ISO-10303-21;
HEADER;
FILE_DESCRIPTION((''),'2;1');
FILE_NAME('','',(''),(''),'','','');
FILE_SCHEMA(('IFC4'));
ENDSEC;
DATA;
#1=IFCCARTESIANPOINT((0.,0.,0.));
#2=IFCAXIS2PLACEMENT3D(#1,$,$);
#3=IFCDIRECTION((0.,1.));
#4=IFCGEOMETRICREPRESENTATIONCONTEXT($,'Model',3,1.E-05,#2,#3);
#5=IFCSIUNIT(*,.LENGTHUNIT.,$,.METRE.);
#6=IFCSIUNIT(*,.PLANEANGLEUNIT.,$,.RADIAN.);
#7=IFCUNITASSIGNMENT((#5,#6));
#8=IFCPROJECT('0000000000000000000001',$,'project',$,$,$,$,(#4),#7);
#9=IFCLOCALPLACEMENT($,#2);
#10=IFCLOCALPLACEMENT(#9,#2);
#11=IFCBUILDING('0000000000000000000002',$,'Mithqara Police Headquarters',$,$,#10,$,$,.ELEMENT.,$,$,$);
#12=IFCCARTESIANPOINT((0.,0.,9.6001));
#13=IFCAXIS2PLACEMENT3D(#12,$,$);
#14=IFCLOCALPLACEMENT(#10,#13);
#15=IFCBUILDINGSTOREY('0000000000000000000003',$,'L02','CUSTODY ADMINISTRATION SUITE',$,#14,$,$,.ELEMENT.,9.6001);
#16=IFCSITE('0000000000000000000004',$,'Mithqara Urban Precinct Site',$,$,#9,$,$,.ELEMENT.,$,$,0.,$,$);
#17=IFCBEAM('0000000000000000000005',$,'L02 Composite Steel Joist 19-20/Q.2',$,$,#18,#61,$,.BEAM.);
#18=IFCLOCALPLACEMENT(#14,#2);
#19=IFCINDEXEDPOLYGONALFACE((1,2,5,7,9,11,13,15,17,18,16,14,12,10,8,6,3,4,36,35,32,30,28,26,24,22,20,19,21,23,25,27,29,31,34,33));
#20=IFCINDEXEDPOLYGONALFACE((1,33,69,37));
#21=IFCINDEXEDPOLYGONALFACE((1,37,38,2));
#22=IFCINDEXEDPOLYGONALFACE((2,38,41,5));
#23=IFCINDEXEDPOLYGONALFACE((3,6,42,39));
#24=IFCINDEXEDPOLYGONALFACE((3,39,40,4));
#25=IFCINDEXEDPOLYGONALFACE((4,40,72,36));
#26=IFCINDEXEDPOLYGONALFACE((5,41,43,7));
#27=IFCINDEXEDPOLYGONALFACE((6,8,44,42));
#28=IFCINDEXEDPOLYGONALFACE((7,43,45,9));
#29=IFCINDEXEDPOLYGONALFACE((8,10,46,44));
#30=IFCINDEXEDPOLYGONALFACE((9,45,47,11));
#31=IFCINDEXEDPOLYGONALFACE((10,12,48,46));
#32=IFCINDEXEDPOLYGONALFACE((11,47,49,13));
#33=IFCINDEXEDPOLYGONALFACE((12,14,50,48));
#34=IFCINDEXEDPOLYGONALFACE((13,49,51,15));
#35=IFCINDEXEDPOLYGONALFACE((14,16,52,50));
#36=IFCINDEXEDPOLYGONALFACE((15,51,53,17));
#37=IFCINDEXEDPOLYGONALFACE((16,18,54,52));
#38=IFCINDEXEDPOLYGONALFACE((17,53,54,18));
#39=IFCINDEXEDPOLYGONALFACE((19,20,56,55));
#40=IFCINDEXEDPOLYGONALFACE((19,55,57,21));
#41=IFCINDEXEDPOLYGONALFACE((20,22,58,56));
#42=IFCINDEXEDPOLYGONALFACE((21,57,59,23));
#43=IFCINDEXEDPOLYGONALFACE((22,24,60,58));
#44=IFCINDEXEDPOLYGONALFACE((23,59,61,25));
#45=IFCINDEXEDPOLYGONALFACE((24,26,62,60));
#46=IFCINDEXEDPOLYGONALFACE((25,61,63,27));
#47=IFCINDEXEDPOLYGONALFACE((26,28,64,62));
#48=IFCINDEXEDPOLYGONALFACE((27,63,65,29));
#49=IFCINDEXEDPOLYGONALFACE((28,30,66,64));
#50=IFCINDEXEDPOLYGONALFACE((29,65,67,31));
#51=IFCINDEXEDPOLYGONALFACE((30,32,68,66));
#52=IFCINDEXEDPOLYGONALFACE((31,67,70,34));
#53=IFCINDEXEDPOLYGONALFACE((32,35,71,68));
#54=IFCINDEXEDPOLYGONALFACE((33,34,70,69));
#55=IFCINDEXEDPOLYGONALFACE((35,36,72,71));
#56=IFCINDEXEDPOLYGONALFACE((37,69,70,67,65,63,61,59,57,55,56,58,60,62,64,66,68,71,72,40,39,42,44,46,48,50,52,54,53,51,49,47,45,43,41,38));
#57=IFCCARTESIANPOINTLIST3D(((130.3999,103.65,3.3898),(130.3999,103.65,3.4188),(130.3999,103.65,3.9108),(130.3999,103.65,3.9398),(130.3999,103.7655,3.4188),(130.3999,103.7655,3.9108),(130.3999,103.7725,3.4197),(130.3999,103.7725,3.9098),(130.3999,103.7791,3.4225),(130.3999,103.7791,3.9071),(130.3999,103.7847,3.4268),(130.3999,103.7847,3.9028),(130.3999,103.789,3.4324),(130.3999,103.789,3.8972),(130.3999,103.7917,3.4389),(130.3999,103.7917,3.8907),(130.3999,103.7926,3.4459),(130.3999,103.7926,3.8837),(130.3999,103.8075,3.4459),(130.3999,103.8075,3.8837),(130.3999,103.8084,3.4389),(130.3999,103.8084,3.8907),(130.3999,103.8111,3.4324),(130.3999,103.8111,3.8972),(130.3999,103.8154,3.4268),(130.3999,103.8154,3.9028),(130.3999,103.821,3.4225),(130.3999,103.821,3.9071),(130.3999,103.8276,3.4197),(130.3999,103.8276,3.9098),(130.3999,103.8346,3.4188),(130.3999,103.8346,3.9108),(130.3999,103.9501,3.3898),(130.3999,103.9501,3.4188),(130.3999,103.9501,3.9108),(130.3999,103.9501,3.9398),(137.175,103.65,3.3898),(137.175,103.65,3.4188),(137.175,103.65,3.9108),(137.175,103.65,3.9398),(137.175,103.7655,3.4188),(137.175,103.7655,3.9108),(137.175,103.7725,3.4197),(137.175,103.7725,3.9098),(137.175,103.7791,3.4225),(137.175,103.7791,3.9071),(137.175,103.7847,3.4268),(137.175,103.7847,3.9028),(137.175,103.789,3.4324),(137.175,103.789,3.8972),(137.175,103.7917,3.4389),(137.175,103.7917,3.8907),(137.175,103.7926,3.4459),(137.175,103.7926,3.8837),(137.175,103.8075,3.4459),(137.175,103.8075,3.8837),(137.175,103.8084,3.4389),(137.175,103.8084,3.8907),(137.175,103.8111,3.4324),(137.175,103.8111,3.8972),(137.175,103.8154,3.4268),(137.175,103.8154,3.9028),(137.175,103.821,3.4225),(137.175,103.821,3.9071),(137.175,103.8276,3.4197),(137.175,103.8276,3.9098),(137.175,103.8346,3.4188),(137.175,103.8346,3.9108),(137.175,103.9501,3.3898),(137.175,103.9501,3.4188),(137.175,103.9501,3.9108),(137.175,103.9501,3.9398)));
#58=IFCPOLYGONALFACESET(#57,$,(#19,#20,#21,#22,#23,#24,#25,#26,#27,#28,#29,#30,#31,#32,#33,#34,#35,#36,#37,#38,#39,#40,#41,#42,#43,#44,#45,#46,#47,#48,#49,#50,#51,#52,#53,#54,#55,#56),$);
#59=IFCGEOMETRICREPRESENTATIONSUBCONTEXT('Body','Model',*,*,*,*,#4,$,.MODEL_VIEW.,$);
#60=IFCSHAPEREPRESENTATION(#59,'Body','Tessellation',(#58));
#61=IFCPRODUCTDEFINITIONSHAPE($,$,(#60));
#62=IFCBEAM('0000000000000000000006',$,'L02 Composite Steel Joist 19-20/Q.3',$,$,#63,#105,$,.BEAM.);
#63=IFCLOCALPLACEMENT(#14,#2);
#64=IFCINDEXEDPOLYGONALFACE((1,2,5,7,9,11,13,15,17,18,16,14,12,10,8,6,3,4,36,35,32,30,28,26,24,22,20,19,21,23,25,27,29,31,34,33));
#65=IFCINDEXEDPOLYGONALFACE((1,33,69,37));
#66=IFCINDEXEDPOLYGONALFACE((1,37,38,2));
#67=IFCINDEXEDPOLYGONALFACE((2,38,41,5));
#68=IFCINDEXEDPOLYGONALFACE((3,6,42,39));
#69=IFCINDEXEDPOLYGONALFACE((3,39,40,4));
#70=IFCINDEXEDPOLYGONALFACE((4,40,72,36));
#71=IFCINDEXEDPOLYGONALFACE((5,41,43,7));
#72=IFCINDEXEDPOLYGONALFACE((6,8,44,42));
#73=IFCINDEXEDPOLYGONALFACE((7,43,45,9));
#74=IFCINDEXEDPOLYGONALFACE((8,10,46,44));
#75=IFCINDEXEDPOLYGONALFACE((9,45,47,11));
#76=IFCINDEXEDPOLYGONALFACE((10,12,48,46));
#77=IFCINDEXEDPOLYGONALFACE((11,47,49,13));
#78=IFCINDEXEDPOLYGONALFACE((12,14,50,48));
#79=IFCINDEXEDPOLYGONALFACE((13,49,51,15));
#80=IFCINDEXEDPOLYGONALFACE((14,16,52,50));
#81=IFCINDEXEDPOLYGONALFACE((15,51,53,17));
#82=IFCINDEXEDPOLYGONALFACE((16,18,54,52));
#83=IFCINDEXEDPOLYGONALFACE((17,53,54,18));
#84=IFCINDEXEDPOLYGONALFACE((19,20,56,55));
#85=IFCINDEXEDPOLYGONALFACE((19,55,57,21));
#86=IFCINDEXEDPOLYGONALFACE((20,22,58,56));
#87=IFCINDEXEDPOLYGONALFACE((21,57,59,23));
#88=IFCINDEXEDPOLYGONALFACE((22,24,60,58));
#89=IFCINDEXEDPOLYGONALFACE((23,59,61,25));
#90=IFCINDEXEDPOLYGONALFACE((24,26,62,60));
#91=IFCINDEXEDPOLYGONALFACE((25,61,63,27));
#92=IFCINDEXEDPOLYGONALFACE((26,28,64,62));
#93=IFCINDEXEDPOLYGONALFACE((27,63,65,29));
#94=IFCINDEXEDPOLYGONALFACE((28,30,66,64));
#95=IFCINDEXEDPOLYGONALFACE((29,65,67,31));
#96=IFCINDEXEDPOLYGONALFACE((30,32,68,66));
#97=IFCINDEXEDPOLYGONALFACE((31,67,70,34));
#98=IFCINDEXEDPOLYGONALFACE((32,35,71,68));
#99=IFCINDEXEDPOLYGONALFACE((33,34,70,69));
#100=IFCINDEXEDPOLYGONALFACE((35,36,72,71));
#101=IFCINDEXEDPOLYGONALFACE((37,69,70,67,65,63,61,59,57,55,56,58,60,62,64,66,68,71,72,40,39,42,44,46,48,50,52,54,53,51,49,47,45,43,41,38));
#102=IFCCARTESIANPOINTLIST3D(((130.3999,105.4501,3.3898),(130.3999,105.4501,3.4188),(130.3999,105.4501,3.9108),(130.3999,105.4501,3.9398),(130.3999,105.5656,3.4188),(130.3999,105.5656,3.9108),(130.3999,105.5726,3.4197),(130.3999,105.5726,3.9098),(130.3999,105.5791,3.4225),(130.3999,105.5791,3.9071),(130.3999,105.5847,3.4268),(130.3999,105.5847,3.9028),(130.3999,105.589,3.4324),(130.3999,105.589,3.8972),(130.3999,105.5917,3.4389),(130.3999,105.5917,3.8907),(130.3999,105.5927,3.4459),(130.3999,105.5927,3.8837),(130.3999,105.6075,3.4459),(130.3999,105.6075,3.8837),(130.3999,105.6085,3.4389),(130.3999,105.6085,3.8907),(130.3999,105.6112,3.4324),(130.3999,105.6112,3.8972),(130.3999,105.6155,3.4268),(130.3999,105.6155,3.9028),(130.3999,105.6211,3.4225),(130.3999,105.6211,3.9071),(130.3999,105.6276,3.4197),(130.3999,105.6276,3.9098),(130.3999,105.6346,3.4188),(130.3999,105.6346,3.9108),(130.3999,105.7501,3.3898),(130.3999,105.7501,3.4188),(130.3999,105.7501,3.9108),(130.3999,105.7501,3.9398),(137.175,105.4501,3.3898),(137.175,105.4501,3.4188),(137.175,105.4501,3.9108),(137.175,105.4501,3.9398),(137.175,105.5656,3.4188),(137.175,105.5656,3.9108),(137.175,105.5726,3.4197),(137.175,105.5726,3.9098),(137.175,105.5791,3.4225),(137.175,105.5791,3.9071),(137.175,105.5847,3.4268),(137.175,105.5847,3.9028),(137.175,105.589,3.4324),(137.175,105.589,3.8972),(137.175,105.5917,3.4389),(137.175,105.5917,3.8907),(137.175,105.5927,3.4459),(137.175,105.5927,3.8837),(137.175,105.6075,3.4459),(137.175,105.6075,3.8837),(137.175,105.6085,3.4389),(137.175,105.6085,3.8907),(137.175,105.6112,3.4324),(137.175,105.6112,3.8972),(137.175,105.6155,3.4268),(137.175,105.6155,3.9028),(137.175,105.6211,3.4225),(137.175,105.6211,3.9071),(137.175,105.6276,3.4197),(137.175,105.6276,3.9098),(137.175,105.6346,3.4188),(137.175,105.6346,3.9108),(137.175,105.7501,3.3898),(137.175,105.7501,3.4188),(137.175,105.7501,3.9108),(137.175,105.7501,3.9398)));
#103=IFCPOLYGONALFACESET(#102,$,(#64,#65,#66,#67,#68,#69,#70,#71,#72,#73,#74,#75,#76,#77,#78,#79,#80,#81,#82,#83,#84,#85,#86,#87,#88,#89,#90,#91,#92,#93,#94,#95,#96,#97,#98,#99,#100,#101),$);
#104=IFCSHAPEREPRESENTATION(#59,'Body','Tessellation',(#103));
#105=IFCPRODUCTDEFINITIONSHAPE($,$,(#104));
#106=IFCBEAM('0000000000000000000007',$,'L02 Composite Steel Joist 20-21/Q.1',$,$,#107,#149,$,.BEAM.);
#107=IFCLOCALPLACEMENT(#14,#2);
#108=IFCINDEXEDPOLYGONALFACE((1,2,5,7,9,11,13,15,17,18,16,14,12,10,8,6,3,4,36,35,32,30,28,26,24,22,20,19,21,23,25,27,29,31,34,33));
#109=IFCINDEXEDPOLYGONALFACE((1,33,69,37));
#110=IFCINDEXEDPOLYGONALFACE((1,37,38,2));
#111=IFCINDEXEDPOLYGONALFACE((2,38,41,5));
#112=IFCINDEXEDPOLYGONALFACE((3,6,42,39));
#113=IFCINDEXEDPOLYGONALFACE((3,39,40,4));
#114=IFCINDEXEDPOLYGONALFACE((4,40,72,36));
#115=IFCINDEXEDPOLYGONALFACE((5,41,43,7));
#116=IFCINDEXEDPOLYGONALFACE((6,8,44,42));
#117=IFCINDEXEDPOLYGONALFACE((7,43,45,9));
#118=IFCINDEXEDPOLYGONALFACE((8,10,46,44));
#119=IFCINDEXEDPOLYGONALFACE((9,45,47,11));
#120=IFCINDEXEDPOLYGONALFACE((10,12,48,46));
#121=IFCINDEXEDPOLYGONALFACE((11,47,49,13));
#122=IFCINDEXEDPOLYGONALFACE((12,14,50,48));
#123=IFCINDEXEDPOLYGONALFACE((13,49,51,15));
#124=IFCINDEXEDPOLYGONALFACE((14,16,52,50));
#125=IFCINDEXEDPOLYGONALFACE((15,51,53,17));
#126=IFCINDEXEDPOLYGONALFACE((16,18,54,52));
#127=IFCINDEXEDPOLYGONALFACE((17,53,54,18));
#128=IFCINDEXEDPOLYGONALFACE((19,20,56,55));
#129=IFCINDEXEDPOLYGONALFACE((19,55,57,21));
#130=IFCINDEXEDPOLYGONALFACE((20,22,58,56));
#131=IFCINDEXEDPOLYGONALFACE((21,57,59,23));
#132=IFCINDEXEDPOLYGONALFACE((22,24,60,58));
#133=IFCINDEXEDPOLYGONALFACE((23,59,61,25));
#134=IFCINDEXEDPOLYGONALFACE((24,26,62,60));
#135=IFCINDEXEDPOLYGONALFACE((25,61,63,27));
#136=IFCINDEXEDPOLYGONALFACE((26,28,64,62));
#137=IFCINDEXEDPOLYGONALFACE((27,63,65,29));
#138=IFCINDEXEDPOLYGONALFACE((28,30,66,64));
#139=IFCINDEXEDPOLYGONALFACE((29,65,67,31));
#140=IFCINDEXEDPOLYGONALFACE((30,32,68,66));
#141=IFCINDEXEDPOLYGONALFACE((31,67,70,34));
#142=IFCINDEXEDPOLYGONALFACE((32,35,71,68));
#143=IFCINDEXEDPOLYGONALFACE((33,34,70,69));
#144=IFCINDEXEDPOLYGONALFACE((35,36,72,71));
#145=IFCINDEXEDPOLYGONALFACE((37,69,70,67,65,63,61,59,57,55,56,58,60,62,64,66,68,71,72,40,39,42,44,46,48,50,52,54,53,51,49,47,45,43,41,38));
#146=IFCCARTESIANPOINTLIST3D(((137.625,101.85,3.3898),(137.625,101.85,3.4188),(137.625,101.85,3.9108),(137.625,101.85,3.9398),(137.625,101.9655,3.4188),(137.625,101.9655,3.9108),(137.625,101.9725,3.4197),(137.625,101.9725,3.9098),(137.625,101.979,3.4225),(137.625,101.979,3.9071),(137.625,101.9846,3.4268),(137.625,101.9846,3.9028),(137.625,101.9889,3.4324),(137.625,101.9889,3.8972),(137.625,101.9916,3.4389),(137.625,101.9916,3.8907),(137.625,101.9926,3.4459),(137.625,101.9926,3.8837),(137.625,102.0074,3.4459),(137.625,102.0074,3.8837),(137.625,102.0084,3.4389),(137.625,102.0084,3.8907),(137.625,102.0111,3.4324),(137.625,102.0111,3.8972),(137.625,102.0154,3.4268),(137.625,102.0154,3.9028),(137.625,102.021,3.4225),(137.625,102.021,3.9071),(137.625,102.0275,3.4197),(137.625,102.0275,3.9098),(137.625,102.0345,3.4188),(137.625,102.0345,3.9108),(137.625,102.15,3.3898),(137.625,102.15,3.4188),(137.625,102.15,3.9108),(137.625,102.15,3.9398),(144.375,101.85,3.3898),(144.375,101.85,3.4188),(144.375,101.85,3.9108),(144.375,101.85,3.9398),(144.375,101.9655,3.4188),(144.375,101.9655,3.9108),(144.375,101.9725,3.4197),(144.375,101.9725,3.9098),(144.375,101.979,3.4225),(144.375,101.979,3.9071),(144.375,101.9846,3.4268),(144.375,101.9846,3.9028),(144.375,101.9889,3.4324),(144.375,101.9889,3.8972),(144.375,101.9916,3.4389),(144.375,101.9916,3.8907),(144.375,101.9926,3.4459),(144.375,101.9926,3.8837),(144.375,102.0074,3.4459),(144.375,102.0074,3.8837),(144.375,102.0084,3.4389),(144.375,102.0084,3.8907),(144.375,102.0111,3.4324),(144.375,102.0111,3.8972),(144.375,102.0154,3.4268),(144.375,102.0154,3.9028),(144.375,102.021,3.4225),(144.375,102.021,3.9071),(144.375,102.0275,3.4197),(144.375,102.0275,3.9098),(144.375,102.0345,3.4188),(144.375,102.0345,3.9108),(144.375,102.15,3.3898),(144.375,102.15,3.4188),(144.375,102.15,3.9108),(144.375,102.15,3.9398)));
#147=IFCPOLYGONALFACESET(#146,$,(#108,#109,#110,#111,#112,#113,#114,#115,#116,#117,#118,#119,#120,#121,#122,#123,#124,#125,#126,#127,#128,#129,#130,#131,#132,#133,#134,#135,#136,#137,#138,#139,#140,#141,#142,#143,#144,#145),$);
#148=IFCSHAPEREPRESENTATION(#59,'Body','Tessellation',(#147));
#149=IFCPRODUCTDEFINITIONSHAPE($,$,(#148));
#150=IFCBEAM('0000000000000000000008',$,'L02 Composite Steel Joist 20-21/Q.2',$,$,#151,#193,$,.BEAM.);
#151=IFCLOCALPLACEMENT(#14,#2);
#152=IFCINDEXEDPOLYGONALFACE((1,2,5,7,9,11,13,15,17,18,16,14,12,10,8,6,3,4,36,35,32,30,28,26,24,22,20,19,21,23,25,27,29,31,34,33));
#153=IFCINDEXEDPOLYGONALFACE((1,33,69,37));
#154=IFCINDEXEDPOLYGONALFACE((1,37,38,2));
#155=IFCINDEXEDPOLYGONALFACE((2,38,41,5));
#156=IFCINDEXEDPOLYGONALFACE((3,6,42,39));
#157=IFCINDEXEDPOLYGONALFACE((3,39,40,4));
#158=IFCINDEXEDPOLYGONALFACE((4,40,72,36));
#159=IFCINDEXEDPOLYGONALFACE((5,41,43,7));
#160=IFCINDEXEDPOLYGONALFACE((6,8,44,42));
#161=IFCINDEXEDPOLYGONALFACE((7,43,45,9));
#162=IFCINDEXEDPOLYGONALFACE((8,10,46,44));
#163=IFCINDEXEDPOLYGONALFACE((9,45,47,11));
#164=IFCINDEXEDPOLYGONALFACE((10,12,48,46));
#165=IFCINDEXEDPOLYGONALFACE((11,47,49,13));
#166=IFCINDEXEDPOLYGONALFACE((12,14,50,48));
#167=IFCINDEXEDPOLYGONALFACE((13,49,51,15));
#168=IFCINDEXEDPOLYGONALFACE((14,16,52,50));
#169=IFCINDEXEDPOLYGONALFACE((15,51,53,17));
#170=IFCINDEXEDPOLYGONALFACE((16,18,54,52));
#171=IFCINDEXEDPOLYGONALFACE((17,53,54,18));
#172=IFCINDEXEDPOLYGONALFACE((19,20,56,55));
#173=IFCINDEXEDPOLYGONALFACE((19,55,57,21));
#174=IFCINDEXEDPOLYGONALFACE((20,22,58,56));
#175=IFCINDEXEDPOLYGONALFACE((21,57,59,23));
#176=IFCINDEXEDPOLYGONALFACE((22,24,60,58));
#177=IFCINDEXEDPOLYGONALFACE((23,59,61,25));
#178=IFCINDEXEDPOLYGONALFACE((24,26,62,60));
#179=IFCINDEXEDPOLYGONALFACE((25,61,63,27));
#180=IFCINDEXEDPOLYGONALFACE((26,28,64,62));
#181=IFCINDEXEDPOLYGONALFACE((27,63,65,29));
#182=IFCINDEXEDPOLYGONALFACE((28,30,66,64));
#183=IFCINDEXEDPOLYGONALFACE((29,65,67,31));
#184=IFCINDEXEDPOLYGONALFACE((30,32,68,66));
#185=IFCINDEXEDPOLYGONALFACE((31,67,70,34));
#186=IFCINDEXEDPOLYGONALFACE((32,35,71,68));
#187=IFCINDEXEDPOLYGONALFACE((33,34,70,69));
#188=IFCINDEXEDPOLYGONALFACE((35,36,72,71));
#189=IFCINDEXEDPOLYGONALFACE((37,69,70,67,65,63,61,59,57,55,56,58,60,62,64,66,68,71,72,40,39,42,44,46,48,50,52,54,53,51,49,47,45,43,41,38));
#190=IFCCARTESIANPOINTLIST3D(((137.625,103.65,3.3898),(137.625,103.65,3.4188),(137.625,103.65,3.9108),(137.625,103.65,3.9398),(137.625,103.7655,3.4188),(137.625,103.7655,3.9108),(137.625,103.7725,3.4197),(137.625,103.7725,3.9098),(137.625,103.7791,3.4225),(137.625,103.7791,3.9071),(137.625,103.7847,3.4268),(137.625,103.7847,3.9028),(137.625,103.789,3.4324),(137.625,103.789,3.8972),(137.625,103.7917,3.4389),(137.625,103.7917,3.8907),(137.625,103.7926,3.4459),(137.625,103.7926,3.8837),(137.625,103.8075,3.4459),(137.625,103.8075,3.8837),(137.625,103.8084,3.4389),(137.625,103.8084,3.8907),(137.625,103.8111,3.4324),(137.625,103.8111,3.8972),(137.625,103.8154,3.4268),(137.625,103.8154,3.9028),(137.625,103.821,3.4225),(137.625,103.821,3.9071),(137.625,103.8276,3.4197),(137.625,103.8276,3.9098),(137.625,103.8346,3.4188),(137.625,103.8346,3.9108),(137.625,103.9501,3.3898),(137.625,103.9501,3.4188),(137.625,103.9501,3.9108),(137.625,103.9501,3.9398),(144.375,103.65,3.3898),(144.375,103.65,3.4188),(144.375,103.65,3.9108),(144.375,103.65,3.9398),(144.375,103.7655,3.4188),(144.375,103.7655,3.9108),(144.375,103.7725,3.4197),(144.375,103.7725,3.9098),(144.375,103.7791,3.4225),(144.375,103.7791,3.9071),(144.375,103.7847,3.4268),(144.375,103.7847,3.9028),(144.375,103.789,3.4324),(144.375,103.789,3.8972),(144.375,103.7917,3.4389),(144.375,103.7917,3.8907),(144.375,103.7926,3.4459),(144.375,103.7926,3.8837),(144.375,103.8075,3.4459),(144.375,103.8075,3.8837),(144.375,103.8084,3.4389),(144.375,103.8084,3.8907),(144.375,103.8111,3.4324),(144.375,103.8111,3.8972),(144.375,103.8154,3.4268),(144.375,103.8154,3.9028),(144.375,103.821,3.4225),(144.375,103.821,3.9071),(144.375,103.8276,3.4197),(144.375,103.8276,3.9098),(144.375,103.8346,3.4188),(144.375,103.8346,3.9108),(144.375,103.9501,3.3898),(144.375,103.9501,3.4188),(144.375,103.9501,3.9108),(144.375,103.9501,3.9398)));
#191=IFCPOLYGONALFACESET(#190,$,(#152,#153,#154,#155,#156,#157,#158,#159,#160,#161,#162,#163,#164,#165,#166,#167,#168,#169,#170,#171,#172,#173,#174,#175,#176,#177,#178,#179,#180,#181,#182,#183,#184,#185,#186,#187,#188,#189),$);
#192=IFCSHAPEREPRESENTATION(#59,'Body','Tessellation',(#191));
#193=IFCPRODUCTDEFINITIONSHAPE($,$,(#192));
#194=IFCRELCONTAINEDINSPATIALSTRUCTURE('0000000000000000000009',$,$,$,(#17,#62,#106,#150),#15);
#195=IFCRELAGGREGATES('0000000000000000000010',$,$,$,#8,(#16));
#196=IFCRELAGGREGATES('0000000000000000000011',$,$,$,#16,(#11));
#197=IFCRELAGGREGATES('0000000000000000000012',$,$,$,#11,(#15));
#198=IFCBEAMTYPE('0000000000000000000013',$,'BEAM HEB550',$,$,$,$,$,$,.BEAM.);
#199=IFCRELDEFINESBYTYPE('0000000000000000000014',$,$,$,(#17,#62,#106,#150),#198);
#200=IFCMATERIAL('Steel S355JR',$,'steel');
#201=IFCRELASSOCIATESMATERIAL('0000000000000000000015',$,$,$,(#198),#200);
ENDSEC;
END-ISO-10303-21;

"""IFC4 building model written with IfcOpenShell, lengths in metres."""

from ifc_helpers import new_model, si_unit, direction, frame, origin, origin_2d, place, context, subcontext, project, spatial, i_section, extrude, material, material_profile, profile_set, type_object, element, save


model = new_model("IFC4")

# Units and contexts
model_context = context("Model", 3, precision=1e-05, world=origin(), true_north=direction((0.0, 1.0)))
body_context = subcontext(model_context, "Body", "Model", "MODEL_VIEW")
ifc_project = project(units=[si_unit("LENGTHUNIT", "METRE"), si_unit("PLANEANGLEUNIT", "RADIAN")], contexts=[model_context])

# Site, building, storey
site_placement = place(None, origin())
site = spatial("IfcSite", under=ifc_project, at=site_placement, Name="Mithqara Urban Precinct Site", CompositionType="ELEMENT", RefElevation=0.0)
building_placement = place(site_placement, origin())
building = spatial("IfcBuilding", under=site, at=building_placement, Name="Mithqara Police Headquarters", CompositionType="ELEMENT")
storey_placement = place(building_placement, frame((0.0, 0.0, 9.6001)))
storey = spatial("IfcBuildingStorey", under=building, at=storey_placement, Name="L02", Description="CUSTODY ADMINISTRATION SUITE", CompositionType="ELEMENT", Elevation=9.6001)

# Beams
ifc_material_1 = material(Name="Steel S355JR", Category="steel")
ifc_material_profile_1 = material_profile(ifc_material_1, i_section(OverallWidth=0.3, OverallDepth=0.55, WebThickness=0.0149, FlangeThickness=0.0291, FilletRadius=0.0271, at=origin_2d()), Name="HEB 550")
ifc_profile_set_1 = profile_set([ifc_material_profile_1], Name="Steel S355JR")
beam_type_1 = type_object("IfcBeamType", Name="BEAM HEB550", PredefinedType="BEAM", material=ifc_profile_set_1)
for number, where, z_axis, x_axis, name in (
    (1, (130.3999, 103.8, 3.6648), (1.0, 0.0, 0.0), (0.0, 1.0, 0.0), "L02 Composite Steel Joist 19-20/Q.2"),
    (2, (130.3999, 105.6001, 3.6648), (1.0, 0.0, 0.0), (0.0, 1.0, 0.0), "L02 Composite Steel Joist 19-20/Q.3"),
):
    element("IfcBeam", number, at=place(storey_placement, frame(where, z_axis=z_axis, x_axis=x_axis)), inside=storey, type_object=beam_type_1, Name=name, PredefinedType="BEAM", context=body_context, shape_type="SweptSolid", body=[
        extrude(i_section(OverallWidth=0.3, OverallDepth=0.55, WebThickness=0.0149, FlangeThickness=0.0291, FilletRadius=0.0271, at=origin_2d()), origin(), (0.0, 0.0, 1.0), 6.7751),
    ])
for number, where, z_axis, x_axis, name in (
    (3, (137.625, 102.0, 3.6648), (1.0, 0.0, 0.0), (0.0, 1.0, 0.0), "L02 Composite Steel Joist 20-21/Q.1"),
    (4, (137.625, 103.8, 3.6648), (1.0, 0.0, 0.0), (0.0, 1.0, 0.0), "L02 Composite Steel Joist 20-21/Q.2"),
):
    element("IfcBeam", number, at=place(storey_placement, frame(where, z_axis=z_axis, x_axis=x_axis)), inside=storey, type_object=beam_type_1, Name=name, PredefinedType="BEAM", context=body_context, shape_type="SweptSolid", body=[
        extrude(i_section(OverallWidth=0.3, OverallDepth=0.55, WebThickness=0.0149, FlangeThickness=0.0291, FilletRadius=0.0271, at=origin_2d()), origin(), (0.0, 0.0, 1.0), 6.75),
    ])

save(model, "model.ifc")
